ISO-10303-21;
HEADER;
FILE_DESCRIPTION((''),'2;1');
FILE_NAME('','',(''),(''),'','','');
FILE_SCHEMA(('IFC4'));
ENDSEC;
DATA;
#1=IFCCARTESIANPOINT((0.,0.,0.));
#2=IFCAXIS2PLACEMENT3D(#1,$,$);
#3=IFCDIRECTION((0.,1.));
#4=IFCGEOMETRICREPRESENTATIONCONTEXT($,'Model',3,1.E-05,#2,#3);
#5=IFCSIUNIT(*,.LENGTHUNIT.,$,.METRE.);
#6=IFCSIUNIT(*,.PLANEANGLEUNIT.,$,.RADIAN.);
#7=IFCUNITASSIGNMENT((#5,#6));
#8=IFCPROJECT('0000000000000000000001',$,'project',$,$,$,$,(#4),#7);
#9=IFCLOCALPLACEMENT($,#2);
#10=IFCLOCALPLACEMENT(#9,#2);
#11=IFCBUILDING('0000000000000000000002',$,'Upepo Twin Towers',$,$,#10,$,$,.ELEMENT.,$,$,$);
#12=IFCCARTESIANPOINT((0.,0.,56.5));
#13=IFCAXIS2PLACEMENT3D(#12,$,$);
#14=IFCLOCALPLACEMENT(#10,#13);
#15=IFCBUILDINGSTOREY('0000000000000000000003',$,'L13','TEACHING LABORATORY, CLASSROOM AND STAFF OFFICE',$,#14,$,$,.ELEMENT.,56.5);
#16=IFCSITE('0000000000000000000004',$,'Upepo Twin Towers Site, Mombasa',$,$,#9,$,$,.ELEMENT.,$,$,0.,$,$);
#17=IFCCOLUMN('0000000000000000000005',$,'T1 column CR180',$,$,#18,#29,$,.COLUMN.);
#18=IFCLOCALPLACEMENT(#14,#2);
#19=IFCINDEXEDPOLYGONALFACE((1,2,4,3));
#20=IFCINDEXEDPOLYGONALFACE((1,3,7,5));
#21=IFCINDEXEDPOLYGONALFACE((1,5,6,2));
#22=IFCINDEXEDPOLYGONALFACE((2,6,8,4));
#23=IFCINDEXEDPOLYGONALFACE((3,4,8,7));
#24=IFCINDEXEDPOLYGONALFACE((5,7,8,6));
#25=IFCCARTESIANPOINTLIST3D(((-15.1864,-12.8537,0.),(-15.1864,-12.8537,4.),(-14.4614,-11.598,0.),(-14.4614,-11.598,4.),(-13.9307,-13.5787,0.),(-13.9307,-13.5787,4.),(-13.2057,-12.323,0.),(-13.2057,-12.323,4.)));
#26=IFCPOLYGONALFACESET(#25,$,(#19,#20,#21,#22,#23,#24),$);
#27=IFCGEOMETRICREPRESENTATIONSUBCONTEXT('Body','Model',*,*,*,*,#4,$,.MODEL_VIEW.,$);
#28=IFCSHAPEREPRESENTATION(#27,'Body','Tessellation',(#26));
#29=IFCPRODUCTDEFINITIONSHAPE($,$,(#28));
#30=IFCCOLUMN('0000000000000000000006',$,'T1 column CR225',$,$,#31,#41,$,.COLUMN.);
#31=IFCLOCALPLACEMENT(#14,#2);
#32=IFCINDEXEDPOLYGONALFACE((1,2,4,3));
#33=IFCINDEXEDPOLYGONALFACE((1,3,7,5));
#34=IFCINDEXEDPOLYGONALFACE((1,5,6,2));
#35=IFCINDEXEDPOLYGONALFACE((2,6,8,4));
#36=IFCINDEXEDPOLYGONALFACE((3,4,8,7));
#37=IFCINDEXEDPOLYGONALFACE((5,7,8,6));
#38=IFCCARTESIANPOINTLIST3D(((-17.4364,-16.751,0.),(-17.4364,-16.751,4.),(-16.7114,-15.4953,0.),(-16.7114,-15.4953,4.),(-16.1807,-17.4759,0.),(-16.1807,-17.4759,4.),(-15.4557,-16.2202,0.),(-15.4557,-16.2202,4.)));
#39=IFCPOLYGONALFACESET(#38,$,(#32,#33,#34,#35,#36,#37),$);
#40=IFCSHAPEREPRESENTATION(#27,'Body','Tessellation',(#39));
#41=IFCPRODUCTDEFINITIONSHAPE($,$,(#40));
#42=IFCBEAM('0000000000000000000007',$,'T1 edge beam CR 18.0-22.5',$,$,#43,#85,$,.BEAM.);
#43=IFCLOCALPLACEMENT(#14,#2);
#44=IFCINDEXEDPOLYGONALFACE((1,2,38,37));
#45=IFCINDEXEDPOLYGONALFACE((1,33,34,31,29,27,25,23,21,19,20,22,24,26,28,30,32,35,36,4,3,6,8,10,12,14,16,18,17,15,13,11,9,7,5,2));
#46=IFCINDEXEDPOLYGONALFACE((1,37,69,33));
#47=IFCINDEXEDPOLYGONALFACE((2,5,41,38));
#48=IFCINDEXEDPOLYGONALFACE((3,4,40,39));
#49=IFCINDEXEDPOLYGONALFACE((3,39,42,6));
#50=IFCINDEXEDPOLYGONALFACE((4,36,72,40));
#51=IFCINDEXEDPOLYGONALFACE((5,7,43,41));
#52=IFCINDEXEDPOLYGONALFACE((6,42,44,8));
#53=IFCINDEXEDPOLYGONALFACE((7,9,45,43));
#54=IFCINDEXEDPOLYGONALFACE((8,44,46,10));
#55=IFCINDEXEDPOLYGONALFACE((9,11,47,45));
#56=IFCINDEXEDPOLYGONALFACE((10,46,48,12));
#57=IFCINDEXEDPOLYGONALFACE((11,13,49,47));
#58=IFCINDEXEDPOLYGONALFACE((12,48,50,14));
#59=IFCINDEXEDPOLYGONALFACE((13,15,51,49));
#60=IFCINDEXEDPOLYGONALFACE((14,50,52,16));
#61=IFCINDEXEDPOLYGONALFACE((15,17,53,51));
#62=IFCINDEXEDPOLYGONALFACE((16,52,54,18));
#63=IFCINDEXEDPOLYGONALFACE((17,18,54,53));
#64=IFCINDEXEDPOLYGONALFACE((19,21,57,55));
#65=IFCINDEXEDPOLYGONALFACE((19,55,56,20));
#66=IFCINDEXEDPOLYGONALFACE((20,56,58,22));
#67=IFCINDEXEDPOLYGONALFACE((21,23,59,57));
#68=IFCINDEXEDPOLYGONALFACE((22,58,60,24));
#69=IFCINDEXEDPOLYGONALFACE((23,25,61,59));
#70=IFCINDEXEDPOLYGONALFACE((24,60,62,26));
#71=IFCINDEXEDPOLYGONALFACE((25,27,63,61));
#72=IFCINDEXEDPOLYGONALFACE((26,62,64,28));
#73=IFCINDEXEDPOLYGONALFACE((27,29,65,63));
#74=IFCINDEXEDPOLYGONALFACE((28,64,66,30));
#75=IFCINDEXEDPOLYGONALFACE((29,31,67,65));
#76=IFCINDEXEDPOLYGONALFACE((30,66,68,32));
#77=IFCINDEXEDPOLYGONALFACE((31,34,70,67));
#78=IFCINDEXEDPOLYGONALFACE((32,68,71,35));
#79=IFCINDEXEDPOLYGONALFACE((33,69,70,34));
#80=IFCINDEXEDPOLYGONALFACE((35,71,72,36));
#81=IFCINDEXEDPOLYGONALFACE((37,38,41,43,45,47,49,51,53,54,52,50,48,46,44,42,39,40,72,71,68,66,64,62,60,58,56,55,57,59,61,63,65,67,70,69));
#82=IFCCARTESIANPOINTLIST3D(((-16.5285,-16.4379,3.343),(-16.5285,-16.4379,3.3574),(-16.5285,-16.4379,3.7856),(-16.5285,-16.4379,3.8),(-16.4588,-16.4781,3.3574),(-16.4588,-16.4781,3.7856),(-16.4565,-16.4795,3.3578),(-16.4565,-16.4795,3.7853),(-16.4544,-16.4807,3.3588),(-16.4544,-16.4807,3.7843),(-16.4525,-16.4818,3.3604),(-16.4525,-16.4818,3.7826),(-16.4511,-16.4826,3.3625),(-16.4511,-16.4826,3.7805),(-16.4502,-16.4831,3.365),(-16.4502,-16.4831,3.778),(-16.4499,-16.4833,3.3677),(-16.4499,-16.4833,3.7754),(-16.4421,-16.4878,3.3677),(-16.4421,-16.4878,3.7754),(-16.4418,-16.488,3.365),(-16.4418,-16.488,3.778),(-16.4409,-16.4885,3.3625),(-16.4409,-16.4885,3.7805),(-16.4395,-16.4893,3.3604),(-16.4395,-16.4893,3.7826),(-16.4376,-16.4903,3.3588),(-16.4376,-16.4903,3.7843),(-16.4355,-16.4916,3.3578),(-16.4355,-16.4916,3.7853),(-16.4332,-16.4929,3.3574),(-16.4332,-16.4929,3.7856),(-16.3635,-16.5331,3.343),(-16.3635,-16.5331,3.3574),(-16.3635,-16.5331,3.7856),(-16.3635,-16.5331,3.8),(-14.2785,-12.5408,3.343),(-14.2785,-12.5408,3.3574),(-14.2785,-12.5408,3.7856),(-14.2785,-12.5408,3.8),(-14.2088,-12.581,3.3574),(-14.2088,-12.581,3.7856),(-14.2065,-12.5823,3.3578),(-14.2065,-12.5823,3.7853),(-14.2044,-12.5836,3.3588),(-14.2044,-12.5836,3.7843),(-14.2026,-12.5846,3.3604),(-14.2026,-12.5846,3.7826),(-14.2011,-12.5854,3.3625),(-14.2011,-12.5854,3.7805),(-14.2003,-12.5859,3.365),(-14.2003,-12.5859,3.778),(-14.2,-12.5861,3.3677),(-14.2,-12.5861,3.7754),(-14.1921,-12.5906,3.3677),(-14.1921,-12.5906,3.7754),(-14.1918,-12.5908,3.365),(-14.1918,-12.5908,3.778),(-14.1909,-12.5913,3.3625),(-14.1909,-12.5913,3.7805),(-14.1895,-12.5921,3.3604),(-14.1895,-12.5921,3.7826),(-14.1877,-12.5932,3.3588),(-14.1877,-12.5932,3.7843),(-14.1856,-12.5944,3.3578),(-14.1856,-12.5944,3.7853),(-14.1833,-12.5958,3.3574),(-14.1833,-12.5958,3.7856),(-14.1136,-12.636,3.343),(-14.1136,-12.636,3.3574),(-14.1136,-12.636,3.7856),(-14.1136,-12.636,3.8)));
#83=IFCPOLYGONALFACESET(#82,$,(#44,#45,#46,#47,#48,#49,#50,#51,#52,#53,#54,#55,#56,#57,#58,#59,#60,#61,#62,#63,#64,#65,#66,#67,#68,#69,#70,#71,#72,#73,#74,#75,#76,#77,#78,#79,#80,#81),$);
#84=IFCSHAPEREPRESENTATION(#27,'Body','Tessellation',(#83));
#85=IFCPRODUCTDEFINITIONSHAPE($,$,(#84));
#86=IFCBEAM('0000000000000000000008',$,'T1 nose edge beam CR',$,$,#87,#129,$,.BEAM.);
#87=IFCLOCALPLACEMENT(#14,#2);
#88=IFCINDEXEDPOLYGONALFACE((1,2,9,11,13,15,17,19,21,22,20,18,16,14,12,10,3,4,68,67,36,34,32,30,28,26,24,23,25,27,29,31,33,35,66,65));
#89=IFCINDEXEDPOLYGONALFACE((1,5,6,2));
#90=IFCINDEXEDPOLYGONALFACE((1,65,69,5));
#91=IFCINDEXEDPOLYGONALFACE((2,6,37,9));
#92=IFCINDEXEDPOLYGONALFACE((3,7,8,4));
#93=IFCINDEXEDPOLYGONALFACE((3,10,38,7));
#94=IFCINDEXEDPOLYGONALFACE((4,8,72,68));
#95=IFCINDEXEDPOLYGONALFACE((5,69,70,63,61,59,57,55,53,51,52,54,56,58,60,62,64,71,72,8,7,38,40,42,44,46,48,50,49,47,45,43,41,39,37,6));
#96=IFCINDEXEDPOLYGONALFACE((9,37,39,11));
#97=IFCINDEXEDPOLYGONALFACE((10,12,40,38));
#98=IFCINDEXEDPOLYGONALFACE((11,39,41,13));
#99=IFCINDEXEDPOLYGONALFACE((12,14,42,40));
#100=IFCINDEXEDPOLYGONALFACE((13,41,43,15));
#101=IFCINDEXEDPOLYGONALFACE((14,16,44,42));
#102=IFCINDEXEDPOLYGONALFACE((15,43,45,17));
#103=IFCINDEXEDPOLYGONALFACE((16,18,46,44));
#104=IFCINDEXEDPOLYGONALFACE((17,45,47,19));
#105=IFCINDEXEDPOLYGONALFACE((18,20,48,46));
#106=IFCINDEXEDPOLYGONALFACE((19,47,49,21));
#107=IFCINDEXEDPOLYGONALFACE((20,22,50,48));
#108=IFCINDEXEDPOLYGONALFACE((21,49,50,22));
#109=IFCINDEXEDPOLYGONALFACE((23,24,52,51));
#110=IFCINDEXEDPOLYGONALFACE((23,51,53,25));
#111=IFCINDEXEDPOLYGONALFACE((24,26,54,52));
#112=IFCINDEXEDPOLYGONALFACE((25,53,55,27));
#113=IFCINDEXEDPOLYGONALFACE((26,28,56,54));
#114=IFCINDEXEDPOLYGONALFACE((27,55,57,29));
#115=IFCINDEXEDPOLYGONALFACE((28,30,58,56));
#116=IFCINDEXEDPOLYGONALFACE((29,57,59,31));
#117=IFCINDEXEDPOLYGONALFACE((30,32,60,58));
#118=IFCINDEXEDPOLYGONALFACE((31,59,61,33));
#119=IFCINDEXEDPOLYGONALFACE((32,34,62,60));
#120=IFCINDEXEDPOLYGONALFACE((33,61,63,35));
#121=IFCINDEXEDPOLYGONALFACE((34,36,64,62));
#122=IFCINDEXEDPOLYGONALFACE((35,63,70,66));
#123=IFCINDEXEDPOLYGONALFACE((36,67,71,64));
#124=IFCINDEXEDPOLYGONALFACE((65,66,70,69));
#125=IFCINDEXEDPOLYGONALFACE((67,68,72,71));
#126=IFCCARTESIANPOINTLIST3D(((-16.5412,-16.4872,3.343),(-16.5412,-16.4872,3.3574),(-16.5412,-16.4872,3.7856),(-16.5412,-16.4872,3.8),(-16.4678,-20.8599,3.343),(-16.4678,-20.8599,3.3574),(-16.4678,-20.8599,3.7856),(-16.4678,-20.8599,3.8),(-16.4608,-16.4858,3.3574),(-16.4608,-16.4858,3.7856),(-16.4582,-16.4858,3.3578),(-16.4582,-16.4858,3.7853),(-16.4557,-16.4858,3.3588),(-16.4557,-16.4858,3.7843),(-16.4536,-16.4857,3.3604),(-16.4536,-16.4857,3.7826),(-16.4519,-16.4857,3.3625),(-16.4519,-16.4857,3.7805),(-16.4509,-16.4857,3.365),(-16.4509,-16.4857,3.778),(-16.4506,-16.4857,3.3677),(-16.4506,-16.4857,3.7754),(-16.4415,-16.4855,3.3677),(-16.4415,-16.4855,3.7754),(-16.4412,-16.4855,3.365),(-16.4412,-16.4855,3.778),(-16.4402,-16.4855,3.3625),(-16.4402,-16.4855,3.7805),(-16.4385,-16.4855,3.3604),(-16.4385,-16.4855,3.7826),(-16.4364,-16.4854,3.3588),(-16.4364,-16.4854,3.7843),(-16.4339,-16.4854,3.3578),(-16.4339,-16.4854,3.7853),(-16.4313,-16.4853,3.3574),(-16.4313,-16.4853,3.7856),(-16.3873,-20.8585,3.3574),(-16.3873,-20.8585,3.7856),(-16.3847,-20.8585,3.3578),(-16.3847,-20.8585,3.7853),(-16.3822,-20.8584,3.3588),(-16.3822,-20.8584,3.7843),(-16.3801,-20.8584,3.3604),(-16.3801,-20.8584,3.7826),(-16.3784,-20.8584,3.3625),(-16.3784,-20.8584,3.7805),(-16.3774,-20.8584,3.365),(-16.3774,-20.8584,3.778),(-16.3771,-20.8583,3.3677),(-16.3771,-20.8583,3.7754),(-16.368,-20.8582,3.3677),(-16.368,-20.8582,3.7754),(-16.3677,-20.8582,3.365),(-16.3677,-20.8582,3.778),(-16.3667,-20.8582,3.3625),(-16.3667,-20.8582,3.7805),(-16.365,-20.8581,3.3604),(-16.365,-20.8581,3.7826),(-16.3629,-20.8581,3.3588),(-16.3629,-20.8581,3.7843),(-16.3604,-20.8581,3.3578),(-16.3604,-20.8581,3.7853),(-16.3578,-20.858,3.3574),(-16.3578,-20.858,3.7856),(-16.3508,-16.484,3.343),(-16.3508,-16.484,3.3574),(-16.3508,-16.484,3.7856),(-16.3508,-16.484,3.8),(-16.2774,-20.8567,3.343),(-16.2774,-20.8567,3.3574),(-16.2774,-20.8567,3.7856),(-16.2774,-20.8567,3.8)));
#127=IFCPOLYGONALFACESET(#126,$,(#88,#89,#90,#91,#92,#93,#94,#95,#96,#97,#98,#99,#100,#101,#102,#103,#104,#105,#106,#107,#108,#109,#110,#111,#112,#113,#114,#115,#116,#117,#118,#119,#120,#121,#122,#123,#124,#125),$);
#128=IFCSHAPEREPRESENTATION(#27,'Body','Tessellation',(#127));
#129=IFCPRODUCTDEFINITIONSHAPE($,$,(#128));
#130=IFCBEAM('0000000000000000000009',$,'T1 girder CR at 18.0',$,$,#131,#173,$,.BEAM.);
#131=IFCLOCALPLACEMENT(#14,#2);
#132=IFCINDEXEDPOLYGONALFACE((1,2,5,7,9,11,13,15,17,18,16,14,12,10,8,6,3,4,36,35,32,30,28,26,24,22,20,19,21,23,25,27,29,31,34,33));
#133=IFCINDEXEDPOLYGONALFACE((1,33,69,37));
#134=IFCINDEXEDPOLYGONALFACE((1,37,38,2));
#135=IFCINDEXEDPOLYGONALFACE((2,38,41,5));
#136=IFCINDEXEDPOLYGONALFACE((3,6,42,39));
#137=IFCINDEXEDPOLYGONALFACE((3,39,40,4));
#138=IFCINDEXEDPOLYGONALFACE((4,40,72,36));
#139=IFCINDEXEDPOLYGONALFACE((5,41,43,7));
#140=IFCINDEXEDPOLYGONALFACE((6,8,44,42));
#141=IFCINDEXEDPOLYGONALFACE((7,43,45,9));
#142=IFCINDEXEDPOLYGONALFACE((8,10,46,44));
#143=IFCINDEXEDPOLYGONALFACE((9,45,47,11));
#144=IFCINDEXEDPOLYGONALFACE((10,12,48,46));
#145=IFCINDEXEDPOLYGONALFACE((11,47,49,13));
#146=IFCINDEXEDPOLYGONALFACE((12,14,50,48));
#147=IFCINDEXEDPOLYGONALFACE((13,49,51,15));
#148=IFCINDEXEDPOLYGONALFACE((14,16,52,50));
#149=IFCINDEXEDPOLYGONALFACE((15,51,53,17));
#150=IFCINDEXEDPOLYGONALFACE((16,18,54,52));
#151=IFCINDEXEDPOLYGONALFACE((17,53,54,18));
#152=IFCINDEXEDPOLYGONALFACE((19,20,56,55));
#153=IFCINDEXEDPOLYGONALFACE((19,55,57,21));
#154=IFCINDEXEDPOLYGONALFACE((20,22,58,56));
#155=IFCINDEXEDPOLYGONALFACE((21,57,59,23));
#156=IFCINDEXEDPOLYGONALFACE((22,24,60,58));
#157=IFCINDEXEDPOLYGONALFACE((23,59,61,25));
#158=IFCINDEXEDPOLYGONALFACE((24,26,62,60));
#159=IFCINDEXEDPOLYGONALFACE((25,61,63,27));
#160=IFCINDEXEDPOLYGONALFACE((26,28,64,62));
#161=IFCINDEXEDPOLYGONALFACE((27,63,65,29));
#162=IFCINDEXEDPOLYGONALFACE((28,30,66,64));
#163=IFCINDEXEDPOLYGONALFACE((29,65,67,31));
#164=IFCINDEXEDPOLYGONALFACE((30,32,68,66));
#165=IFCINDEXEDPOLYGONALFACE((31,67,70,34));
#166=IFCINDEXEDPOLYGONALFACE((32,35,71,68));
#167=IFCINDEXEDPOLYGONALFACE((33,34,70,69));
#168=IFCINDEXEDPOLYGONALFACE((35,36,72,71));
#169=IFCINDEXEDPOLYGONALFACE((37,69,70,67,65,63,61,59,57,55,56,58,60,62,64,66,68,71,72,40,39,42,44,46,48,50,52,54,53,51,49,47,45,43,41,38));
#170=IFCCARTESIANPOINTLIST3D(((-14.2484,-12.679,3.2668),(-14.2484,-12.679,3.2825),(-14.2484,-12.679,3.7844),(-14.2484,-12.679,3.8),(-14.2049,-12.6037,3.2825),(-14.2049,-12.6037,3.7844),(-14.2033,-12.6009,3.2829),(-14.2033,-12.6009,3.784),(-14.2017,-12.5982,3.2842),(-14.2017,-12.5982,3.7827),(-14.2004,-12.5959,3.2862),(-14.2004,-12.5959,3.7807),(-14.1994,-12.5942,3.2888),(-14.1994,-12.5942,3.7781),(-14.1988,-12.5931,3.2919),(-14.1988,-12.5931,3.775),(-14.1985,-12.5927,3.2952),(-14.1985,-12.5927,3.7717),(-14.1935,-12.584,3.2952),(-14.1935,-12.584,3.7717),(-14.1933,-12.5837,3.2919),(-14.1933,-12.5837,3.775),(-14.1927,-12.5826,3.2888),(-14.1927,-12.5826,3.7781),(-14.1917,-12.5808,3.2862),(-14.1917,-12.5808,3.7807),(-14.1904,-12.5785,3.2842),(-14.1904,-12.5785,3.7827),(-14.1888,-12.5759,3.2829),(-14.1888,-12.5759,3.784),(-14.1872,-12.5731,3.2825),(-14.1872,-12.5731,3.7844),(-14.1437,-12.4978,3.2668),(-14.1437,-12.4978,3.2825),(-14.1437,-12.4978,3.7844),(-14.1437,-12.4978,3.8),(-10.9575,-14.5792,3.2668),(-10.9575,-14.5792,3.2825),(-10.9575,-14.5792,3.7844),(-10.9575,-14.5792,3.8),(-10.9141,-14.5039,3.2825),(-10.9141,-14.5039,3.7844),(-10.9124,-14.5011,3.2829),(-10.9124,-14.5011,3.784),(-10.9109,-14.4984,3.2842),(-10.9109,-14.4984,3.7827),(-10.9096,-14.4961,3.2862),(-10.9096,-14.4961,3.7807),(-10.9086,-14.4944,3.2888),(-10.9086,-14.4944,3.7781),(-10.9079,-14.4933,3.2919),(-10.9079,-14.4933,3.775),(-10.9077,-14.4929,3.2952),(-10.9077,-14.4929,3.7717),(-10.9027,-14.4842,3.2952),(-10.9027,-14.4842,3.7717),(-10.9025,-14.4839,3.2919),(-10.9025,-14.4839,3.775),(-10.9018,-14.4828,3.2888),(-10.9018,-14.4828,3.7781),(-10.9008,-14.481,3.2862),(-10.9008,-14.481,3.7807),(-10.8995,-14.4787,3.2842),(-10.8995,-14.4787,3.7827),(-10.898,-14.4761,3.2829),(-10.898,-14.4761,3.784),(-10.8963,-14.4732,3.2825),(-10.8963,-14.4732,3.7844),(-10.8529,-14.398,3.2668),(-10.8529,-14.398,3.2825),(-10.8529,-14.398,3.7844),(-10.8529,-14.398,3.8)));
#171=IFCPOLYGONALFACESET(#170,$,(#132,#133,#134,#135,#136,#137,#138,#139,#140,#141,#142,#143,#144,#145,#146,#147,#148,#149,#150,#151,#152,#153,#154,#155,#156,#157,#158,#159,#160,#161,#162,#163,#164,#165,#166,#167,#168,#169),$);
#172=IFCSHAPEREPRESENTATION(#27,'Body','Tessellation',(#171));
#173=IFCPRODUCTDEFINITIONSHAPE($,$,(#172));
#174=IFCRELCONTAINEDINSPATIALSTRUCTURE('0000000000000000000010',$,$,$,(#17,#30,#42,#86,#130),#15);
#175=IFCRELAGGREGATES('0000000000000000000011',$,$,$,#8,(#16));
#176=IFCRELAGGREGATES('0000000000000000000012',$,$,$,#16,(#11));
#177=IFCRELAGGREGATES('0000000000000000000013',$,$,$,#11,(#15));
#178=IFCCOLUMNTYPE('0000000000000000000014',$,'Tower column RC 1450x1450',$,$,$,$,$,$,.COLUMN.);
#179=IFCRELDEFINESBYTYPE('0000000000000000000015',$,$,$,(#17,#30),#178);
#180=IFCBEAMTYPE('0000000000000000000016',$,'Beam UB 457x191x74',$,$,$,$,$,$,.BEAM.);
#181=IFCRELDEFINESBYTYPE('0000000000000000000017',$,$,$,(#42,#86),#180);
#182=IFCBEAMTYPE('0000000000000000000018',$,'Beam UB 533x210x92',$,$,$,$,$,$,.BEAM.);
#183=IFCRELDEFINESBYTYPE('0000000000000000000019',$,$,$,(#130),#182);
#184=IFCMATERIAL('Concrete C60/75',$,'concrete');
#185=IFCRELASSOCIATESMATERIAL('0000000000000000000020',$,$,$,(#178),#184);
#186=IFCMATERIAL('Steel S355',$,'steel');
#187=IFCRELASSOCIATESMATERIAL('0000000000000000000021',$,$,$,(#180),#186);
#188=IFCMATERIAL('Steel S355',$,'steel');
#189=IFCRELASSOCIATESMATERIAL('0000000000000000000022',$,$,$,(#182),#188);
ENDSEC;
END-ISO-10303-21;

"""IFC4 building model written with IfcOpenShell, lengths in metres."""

from ifc_helpers import new_model, si_unit, direction, frame, origin, origin_2d, place, context, subcontext, project, spatial, rectangle, i_section, extrude, material, material_profile, profile_set, type_object, element, save


model = new_model("IFC4")

# Units and contexts
model_context = context("Model", 3, precision=1e-05, world=origin(), true_north=direction((0.0, 1.0)))
body_context = subcontext(model_context, "Body", "Model", "MODEL_VIEW")
ifc_project = project(units=[si_unit("LENGTHUNIT", "METRE"), si_unit("PLANEANGLEUNIT", "RADIAN")], contexts=[model_context])

# Site, building, storey
site_placement = place(None, origin())
site = spatial("IfcSite", under=ifc_project, at=site_placement, Name="Upepo Twin Towers Site, Mombasa", CompositionType="ELEMENT", RefElevation=0.0)
building_placement = place(site_placement, origin())
building = spatial("IfcBuilding", under=site, at=building_placement, Name="Upepo Twin Towers", CompositionType="ELEMENT")
storey_placement = place(building_placement, frame((0.0, 0.0, 56.5)))
storey = spatial("IfcBuildingStorey", under=building, at=storey_placement, Name="L13", Description="TEACHING LABORATORY, CLASSROOM AND STAFF OFFICE", CompositionType="ELEMENT", Elevation=56.5)

# Columns
ifc_material_1 = material(Name="Concrete C60/75", Category="concrete")
ifc_material_profile_1 = material_profile(ifc_material_1, rectangle(XDim=1.45, YDim=1.45, at=origin_2d()), Name="RC 1450x1450")
ifc_profile_set_1 = profile_set([ifc_material_profile_1], Name="Concrete C60/75")
column_type = type_object("IfcColumnType", Name="Tower column RC 1450x1450", PredefinedType="COLUMN", material=ifc_profile_set_1)
for number, where, z_axis, x_axis, name in (
    (1, (-14.196, -12.5884, 0.0), (0.0, 0.0, 1.0), (0.5, 0.866025, 0.0), "T1 column CR180"),
    (2, (-16.446, -16.4856, 0.0), (0.0, 0.0, 1.0), (0.5, 0.866025, 0.0), "T1 column CR225"),
):
    element("IfcColumn", number, at=place(storey_placement, frame(where, z_axis=z_axis, x_axis=x_axis)), inside=storey, type_object=column_type, Name=name, PredefinedType="COLUMN", context=body_context, shape_type="SweptSolid", body=[
        extrude(rectangle(XDim=1.45, YDim=1.45, at=origin_2d()), origin(), (0.0, 0.0, 1.0), 4.0),
    ])

# Beams
ifc_material_2 = material(Name="Steel S355", Category="steel")
ifc_material_profile_2 = material_profile(ifc_material_2, i_section(OverallWidth=0.1904, OverallDepth=0.457, WebThickness=0.009, FlangeThickness=0.0144, FilletRadius=0.0103, at=origin_2d()), Name="UB 457x191x74")
ifc_profile_set_2 = profile_set([ifc_material_profile_2], Name="Steel S355")
beam_type_1 = type_object("IfcBeamType", Name="Beam UB 457x191x74", PredefinedType="BEAM", material=ifc_profile_set_2)
beam_1_placement = place(storey_placement, frame((-14.196, -12.5884, 3.5715), z_axis=(-0.49999, -0.866031, 0.0), x_axis=(0.866031, -0.49999, 0.0)))
element("IfcBeam", 3, at=beam_1_placement, inside=storey, type_object=beam_type_1, Name="T1 edge beam CR 18.0-22.5", PredefinedType="BEAM", context=body_context, shape_type="SweptSolid", body=[
    extrude(i_section(OverallWidth=0.1904, OverallDepth=0.457, WebThickness=0.009, FlangeThickness=0.0144, FilletRadius=0.0103, at=origin_2d()), origin(), (0.0, 0.0, 1.0), 4.5),
])
beam_2_placement = place(storey_placement, frame((-16.446, -16.4856, 3.5715), z_axis=(0.016804, -0.999859, 0.0), x_axis=(0.999859, 0.016804, 0.0)))
element("IfcBeam", 4, at=beam_2_placement, inside=storey, type_object=beam_type_1, Name="T1 nose edge beam CR", PredefinedType="BEAM", context=body_context, shape_type="SweptSolid", body=[
    extrude(i_section(OverallWidth=0.1904, OverallDepth=0.457, WebThickness=0.009, FlangeThickness=0.0144, FilletRadius=0.0103, at=origin_2d()), origin(), (0.0, 0.0, 1.0), 4.3733),
])
ifc_material_3 = material(Name="Steel S355", Category="steel")
ifc_material_profile_3 = material_profile(ifc_material_3, i_section(OverallWidth=0.2092, OverallDepth=0.5332, WebThickness=0.01, FlangeThickness=0.0156, FilletRadius=0.0127, at=origin_2d()), Name="UB 533x210x92")
ifc_profile_set_3 = profile_set([ifc_material_profile_3], Name="Steel S355")
beam_type_2 = type_object("IfcBeamType", Name="Beam UB 533x210x92", PredefinedType="BEAM", material=ifc_profile_set_3)
beam_3_placement = place(storey_placement, frame((-14.196, -12.5884, 3.5334), z_axis=(0.866, -0.500043, 0.0), x_axis=(0.500043, 0.866, 0.0)))
element("IfcBeam", 5, at=beam_3_placement, inside=storey, type_object=beam_type_2, Name="T1 girder CR at 18.0", PredefinedType="BEAM", context=body_context, shape_type="SweptSolid", body=[
    extrude(i_section(OverallWidth=0.2092, OverallDepth=0.5332, WebThickness=0.01, FlangeThickness=0.0156, FilletRadius=0.0127, at=origin_2d()), origin(), (0.0, 0.0, 1.0), 3.8),
])

save(model, "model.ifc")
